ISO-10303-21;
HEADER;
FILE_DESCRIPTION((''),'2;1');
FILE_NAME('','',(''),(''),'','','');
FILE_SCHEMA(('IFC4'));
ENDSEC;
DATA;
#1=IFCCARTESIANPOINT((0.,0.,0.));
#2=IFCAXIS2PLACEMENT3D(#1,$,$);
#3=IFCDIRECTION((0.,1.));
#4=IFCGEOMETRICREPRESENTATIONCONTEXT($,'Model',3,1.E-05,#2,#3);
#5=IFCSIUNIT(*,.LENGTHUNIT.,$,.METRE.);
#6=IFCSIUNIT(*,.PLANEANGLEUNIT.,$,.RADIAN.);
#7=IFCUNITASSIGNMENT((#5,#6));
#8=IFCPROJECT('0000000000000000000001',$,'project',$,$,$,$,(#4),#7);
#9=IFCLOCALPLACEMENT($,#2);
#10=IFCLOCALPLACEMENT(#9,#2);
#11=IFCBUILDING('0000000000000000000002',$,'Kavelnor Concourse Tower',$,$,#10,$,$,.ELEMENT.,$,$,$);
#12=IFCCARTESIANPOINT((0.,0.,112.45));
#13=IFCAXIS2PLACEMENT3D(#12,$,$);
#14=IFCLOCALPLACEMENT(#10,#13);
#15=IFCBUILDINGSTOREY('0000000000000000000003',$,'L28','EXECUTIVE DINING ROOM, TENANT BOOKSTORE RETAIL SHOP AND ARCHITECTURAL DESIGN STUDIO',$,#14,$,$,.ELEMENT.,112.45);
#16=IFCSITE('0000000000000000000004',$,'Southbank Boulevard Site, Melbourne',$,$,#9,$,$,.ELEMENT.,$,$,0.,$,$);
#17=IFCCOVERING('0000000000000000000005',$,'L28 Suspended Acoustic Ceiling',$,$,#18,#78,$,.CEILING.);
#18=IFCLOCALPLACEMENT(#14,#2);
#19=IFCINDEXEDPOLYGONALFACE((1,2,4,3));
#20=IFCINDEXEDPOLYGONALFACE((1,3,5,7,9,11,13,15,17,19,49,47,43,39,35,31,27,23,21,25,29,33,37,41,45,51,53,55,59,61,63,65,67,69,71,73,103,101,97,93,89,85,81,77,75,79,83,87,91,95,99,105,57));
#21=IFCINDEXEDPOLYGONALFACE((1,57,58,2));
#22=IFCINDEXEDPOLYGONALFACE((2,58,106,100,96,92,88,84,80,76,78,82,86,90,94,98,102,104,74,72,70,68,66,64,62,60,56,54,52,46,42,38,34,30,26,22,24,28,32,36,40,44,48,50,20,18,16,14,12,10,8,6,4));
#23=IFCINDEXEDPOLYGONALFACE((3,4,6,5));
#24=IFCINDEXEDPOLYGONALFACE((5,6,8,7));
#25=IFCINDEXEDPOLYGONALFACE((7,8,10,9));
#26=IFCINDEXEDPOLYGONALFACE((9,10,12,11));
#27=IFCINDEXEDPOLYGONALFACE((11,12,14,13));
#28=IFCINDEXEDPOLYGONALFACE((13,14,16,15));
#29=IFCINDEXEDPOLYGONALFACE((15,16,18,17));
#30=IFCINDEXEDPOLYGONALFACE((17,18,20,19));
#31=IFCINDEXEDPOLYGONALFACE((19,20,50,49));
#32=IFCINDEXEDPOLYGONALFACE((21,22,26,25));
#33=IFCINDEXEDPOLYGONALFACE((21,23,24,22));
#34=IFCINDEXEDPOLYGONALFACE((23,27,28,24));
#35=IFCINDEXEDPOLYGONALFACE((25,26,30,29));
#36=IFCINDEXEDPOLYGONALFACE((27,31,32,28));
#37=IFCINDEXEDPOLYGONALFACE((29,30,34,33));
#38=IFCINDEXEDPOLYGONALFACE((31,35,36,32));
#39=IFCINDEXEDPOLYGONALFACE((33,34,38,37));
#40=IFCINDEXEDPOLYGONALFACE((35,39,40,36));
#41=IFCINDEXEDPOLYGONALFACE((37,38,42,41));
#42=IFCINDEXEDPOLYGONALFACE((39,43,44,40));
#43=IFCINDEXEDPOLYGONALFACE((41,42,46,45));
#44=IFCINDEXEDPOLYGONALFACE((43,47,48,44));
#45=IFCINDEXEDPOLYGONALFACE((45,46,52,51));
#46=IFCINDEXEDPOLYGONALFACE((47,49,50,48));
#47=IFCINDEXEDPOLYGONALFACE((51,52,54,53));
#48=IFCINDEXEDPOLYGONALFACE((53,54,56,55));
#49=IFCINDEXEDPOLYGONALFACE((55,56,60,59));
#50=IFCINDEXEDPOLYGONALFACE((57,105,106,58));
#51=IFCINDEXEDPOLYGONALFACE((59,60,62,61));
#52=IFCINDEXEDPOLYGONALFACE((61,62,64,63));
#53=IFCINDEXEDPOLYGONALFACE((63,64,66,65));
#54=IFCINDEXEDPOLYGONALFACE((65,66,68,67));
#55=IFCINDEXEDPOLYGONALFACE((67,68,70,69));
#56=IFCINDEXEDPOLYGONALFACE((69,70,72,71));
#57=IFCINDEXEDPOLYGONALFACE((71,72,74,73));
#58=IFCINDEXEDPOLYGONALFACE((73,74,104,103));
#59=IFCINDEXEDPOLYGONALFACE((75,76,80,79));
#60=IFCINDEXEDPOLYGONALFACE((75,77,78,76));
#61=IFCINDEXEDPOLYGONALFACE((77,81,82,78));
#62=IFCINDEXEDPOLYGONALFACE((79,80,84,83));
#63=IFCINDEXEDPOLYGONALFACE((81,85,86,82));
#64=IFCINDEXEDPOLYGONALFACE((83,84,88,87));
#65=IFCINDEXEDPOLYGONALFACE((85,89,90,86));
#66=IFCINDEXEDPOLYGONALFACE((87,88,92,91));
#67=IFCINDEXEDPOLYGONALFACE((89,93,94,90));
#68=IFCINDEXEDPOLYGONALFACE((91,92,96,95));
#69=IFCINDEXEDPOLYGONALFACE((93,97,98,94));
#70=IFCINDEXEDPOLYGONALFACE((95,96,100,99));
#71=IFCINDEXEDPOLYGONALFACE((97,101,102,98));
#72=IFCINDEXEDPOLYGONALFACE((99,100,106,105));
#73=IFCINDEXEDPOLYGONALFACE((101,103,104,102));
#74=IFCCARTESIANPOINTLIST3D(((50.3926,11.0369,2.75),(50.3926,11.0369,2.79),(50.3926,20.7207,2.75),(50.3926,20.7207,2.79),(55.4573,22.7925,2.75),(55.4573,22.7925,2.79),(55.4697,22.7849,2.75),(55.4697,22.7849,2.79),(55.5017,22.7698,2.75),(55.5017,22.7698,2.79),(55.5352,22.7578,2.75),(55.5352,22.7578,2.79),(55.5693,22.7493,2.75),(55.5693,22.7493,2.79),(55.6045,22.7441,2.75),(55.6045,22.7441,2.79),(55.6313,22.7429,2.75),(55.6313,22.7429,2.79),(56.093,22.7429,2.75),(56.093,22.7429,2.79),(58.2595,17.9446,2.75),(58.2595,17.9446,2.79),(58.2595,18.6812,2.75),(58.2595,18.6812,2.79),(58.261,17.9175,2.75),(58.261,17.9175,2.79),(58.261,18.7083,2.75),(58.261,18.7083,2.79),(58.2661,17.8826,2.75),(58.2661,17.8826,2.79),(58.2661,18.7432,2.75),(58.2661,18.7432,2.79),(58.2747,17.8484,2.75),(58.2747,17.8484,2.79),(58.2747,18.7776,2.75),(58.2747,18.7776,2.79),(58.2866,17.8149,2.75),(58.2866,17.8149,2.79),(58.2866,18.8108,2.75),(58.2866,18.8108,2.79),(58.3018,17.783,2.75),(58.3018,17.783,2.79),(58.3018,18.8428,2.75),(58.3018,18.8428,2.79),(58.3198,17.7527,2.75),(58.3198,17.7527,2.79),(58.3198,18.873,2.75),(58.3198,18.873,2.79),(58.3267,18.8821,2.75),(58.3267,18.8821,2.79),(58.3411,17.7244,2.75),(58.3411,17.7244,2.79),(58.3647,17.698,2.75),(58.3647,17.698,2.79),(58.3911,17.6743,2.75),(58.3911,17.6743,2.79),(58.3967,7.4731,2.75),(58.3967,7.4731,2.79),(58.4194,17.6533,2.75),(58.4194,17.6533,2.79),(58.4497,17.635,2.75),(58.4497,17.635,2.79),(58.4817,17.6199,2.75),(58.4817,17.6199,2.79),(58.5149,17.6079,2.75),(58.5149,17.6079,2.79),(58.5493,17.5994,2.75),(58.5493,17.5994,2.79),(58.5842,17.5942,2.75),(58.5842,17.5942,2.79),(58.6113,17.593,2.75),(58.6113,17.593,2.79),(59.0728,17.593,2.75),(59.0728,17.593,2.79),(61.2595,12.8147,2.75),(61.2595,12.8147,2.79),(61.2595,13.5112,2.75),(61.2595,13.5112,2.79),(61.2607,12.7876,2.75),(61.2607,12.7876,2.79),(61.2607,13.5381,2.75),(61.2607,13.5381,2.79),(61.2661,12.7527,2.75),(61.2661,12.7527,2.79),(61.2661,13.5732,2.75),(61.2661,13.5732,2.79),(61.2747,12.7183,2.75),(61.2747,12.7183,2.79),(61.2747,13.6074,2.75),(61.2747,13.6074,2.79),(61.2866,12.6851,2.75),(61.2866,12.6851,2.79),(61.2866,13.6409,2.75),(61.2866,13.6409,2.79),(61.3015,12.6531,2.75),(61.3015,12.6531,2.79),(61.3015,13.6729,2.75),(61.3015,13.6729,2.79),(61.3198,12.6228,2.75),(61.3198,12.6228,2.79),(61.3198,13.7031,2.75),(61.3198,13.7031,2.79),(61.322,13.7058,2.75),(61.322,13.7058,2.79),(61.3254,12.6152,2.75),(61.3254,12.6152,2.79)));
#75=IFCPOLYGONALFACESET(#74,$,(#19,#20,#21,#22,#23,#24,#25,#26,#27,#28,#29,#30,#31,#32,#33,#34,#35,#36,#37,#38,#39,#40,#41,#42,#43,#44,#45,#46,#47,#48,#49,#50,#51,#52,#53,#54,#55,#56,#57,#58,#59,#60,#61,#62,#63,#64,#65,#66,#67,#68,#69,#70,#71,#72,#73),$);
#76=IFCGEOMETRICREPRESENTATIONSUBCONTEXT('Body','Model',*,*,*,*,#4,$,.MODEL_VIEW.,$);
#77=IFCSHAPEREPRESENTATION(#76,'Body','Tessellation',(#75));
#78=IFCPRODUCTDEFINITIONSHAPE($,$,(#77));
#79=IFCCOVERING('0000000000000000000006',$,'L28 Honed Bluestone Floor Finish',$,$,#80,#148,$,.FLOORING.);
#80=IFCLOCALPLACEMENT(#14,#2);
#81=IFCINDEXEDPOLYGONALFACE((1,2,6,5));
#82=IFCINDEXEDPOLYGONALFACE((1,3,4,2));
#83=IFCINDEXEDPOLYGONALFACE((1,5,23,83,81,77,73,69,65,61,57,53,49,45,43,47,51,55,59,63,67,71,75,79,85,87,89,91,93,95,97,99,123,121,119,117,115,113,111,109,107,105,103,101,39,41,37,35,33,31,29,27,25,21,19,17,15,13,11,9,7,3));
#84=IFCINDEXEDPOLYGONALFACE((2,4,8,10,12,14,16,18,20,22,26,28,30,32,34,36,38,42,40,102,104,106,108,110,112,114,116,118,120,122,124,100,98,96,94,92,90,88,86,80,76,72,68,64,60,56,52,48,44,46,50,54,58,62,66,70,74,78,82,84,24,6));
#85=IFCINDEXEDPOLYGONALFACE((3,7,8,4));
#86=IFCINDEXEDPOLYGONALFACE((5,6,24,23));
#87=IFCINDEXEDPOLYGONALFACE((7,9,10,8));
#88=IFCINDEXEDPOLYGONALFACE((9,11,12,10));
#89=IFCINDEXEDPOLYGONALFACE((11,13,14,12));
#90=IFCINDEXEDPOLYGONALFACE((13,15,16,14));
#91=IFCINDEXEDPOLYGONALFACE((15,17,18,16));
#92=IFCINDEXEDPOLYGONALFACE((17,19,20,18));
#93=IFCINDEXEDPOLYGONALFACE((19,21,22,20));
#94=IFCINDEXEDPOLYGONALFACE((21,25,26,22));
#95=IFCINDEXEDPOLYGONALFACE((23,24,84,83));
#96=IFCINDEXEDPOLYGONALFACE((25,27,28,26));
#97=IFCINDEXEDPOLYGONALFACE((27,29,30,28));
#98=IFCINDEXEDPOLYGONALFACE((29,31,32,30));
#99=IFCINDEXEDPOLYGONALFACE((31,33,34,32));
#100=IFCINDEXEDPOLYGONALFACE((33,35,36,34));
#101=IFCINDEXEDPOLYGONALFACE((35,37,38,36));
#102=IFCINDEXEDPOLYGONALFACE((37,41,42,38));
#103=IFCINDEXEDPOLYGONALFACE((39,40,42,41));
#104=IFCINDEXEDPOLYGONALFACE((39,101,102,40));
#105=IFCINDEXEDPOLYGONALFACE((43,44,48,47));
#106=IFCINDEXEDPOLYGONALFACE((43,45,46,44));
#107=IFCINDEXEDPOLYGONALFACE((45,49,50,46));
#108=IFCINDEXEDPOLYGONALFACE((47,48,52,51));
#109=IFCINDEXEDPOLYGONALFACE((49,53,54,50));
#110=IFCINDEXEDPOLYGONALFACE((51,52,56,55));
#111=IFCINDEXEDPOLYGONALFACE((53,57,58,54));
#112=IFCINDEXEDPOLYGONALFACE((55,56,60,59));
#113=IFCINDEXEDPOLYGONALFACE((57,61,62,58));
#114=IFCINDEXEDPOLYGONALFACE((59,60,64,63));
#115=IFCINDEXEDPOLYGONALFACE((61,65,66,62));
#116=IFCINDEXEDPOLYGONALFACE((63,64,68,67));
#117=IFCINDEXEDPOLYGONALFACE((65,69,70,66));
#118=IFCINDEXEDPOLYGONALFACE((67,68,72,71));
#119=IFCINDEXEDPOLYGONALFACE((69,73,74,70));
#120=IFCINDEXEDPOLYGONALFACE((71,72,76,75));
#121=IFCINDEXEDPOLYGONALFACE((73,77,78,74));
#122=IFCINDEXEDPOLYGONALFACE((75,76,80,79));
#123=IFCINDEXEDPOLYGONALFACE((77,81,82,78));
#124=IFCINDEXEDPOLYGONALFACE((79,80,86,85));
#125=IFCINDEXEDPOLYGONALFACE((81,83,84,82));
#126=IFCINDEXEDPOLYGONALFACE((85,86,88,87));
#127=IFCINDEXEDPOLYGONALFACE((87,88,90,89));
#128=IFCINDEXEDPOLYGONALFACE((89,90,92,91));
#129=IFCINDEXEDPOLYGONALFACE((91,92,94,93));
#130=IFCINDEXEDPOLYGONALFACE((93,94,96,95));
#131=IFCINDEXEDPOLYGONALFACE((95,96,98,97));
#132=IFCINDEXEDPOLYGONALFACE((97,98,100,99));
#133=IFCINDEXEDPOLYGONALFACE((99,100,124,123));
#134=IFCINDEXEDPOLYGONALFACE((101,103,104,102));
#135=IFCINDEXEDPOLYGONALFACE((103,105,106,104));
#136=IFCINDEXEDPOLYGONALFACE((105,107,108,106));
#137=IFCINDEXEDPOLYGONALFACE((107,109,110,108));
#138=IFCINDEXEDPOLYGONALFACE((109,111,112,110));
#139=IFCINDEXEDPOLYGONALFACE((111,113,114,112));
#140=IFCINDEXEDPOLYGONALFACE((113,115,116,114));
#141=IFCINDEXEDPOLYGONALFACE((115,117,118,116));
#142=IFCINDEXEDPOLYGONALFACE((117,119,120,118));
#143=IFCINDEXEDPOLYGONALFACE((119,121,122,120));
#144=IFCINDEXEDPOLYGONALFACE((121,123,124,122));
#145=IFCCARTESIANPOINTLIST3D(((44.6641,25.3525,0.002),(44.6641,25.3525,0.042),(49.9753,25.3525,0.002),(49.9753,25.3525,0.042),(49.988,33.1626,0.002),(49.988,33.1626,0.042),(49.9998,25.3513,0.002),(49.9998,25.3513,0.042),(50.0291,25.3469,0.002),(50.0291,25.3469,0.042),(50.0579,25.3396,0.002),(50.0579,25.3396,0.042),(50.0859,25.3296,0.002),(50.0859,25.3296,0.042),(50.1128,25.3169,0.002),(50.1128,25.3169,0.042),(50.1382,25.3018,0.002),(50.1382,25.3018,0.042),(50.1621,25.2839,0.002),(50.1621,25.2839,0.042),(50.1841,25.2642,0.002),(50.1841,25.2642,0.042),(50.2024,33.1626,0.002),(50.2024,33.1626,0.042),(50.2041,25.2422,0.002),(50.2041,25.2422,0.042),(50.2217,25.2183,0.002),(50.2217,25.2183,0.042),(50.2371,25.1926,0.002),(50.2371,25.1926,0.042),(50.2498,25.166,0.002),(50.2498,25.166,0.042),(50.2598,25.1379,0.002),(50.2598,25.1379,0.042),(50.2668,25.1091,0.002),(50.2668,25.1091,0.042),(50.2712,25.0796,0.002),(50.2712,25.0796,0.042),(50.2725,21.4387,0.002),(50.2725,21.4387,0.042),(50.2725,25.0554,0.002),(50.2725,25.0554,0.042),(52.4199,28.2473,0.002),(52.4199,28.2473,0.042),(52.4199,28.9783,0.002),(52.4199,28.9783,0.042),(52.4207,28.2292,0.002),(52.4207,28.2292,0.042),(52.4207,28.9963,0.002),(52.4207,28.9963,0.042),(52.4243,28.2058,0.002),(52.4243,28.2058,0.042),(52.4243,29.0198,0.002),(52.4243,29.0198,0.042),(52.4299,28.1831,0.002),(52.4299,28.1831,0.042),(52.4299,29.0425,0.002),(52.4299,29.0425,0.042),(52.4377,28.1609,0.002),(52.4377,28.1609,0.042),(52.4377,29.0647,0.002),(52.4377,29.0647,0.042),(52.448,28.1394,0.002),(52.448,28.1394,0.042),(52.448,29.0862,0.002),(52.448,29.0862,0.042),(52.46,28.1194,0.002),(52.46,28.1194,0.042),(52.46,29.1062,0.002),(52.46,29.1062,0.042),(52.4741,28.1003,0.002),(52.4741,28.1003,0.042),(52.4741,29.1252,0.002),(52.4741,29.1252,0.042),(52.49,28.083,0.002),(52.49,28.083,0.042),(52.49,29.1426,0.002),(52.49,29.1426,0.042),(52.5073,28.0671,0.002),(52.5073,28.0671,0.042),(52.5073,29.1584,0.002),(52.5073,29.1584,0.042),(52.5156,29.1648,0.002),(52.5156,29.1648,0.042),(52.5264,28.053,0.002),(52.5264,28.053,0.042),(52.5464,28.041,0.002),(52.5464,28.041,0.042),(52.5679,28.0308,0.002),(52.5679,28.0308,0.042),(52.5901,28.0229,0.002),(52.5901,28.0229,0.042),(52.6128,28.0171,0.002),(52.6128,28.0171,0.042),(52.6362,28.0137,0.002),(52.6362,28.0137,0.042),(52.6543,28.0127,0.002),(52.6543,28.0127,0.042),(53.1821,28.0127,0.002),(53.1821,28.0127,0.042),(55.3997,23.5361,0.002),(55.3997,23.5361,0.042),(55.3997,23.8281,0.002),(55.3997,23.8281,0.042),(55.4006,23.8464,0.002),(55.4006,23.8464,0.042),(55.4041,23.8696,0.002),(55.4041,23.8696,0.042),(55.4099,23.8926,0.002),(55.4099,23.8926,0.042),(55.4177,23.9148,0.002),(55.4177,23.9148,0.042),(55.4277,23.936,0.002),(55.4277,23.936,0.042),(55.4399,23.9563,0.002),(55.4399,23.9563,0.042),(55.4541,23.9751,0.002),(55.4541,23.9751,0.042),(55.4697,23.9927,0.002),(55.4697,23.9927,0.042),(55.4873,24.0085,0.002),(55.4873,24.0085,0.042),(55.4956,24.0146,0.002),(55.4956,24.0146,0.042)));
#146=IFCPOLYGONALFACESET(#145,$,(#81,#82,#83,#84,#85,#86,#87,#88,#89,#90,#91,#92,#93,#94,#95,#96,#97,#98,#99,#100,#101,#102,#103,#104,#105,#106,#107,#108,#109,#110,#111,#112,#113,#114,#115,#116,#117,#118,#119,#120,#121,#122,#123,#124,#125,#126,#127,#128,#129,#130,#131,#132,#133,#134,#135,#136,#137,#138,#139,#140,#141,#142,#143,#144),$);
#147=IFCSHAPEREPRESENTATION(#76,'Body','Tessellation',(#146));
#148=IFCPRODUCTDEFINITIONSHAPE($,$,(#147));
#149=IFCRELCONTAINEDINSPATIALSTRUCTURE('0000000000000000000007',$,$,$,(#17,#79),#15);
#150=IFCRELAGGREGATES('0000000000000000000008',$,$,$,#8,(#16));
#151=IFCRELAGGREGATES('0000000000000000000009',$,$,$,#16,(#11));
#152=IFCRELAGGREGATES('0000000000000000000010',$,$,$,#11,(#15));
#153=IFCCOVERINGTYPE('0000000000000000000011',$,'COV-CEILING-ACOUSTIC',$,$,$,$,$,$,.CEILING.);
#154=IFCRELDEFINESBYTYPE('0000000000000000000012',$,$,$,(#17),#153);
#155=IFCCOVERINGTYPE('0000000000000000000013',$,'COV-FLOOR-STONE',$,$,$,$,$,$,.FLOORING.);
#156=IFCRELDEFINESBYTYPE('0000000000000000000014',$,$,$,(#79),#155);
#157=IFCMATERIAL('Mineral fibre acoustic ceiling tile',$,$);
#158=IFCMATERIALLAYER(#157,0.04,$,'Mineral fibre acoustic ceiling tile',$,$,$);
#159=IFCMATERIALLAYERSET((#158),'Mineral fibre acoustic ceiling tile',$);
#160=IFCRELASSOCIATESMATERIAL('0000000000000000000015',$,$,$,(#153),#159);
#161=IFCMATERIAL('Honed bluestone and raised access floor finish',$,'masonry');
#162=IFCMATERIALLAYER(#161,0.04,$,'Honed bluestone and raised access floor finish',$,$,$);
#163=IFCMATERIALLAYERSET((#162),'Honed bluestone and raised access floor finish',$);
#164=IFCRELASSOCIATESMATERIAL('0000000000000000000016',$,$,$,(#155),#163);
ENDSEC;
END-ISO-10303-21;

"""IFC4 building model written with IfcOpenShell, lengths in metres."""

from ifc_helpers import new_model, si_unit, direction, frame, origin, place, context, subcontext, project, spatial, polyline, outline, extrude, material, layer, layer_set, type_object, element, save


model = new_model("IFC4")

# Units and contexts
model_context = context("Model", 3, precision=1e-05, world=origin(), true_north=direction((0.0, 1.0)))
body_context = subcontext(model_context, "Body", "Model", "MODEL_VIEW")
ifc_project = project(units=[si_unit("LENGTHUNIT", "METRE"), si_unit("PLANEANGLEUNIT", "RADIAN")], contexts=[model_context])

# Site, building, storey
site_placement = place(None, origin())
site = spatial("IfcSite", under=ifc_project, at=site_placement, Name="Southbank Boulevard Site, Melbourne", CompositionType="ELEMENT", RefElevation=0.0)
building_placement = place(site_placement, origin())
building = spatial("IfcBuilding", under=site, at=building_placement, Name="Kavelnor Concourse Tower", CompositionType="ELEMENT")
storey_placement = place(building_placement, frame((0.0, 0.0, 112.45)))
storey = spatial("IfcBuildingStorey", under=building, at=storey_placement, Name="L28", Description="EXECUTIVE DINING ROOM, TENANT BOOKSTORE RETAIL SHOP AND ARCHITECTURAL DESIGN STUDIO", CompositionType="ELEMENT", Elevation=112.45)

# Coverings
ifc_material_1 = material(Name="Mineral fibre acoustic ceiling tile")
ifc_layer_1 = layer(ifc_material_1, 0.04, Name="Mineral fibre acoustic ceiling tile")
ifc_layer_set_1 = layer_set([ifc_layer_1], Name="Mineral fibre acoustic ceiling tile")
covering_type_1 = type_object("IfcCoveringType", Name="COV-CEILING-ACOUSTIC", PredefinedType="CEILING", material=ifc_layer_set_1)
covering_1_placement = place(storey_placement, frame((0.0, 0.0, 2.75)))
element("IfcCovering", 1, at=covering_1_placement, inside=storey, type_object=covering_type_1, Name="L28 Suspended Acoustic Ceiling", PredefinedType="CEILING", context=body_context, shape_type="SweptSolid", body=[
    extrude(outline(polyline([(50.3926, 20.7207), (55.4573, 22.7925), (55.4697, 22.7849), (55.5017, 22.7698), (55.5352, 22.7578), (55.5693, 22.7493), (55.6045, 22.7441), (55.6313, 22.7429), (56.093, 22.7429), (58.3267, 18.8821), (58.3198, 18.873), (58.3018, 18.8428), (58.2866, 18.8108), (58.2747, 18.7776), (58.2661, 18.7432), (58.261, 18.7083), (58.2595, 18.6812), (58.2595, 17.9446), (58.261, 17.9175), (58.2661, 17.8826), (58.2747, 17.8484), (58.2866, 17.8149), (58.3018, 17.783), (58.3198, 17.7527), (58.3411, 17.7244), (58.3647, 17.698), (58.3911, 17.6743), (58.4194, 17.6533), (58.4497, 17.635), (58.4817, 17.6199), (58.5149, 17.6079), (58.5493, 17.5994), (58.5842, 17.5942), (58.6113, 17.593), (59.0728, 17.593), (61.322, 13.7058), (61.3198, 13.7031), (61.3015, 13.6729), (61.2866, 13.6409), (61.2747, 13.6074), (61.2661, 13.5732), (61.2607, 13.5381), (61.2595, 13.5112), (61.2595, 12.8147), (61.2607, 12.7876), (61.2661, 12.7527), (61.2747, 12.7183), (61.2866, 12.6851), (61.3015, 12.6531), (61.3198, 12.6228), (61.3254, 12.6152), (58.3967, 7.4731), (50.3926, 11.0369), (50.3926, 20.7207)])), origin(), (0.0, 0.0, 1.0), 0.04),
])
ifc_material_2 = material(Name="Honed bluestone and raised access floor finish", Category="masonry")
ifc_layer_2 = layer(ifc_material_2, 0.04, Name="Honed bluestone and raised access floor finish")
ifc_layer_set_2 = layer_set([ifc_layer_2], Name="Honed bluestone and raised access floor finish")
covering_type_2 = type_object("IfcCoveringType", Name="COV-FLOOR-STONE", PredefinedType="FLOORING", material=ifc_layer_set_2)
covering_2_placement = place(storey_placement, frame((0.0, 0.0, 0.002)))
element("IfcCovering", 2, at=covering_2_placement, inside=storey, type_object=covering_type_2, Name="L28 Honed Bluestone Floor Finish", PredefinedType="FLOORING", context=body_context, shape_type="SweptSolid", body=[
    extrude(outline(polyline([(50.2712, 25.0796), (50.2668, 25.1091), (50.2598, 25.1379), (50.2498, 25.166), (50.2371, 25.1926), (50.2217, 25.2183), (50.2041, 25.2422), (50.1841, 25.2642), (50.1621, 25.2839), (50.1382, 25.3018), (50.1128, 25.3169), (50.0859, 25.3296), (50.0579, 25.3396), (50.0291, 25.3469), (49.9998, 25.3513), (49.9753, 25.3525), (44.6641, 25.3525), (49.988, 33.1626), (50.2024, 33.1626), (52.5156, 29.1648), (52.5073, 29.1584), (52.49, 29.1426), (52.4741, 29.1252), (52.46, 29.1062), (52.448, 29.0862), (52.4377, 29.0647), (52.4299, 29.0425), (52.4243, 29.0198), (52.4207, 28.9963), (52.4199, 28.9783), (52.4199, 28.2473), (52.4207, 28.2292), (52.4243, 28.2058), (52.4299, 28.1831), (52.4377, 28.1609), (52.448, 28.1394), (52.46, 28.1194), (52.4741, 28.1003), (52.49, 28.083), (52.5073, 28.0671), (52.5264, 28.053), (52.5464, 28.041), (52.5679, 28.0308), (52.5901, 28.0229), (52.6128, 28.0171), (52.6362, 28.0137), (52.6543, 28.0127), (53.1821, 28.0127), (55.4956, 24.0146), (55.4873, 24.0085), (55.4697, 23.9927), (55.4541, 23.9751), (55.4399, 23.9563), (55.4277, 23.936), (55.4177, 23.9148), (55.4099, 23.8926), (55.4041, 23.8696), (55.4006, 23.8464), (55.3997, 23.8281), (55.3997, 23.5361), (50.2725, 21.4387), (50.2725, 25.0554), (50.2712, 25.0796)])), origin(), (0.0, 0.0, 1.0), 0.04),
])

save(model, "model.ifc")
